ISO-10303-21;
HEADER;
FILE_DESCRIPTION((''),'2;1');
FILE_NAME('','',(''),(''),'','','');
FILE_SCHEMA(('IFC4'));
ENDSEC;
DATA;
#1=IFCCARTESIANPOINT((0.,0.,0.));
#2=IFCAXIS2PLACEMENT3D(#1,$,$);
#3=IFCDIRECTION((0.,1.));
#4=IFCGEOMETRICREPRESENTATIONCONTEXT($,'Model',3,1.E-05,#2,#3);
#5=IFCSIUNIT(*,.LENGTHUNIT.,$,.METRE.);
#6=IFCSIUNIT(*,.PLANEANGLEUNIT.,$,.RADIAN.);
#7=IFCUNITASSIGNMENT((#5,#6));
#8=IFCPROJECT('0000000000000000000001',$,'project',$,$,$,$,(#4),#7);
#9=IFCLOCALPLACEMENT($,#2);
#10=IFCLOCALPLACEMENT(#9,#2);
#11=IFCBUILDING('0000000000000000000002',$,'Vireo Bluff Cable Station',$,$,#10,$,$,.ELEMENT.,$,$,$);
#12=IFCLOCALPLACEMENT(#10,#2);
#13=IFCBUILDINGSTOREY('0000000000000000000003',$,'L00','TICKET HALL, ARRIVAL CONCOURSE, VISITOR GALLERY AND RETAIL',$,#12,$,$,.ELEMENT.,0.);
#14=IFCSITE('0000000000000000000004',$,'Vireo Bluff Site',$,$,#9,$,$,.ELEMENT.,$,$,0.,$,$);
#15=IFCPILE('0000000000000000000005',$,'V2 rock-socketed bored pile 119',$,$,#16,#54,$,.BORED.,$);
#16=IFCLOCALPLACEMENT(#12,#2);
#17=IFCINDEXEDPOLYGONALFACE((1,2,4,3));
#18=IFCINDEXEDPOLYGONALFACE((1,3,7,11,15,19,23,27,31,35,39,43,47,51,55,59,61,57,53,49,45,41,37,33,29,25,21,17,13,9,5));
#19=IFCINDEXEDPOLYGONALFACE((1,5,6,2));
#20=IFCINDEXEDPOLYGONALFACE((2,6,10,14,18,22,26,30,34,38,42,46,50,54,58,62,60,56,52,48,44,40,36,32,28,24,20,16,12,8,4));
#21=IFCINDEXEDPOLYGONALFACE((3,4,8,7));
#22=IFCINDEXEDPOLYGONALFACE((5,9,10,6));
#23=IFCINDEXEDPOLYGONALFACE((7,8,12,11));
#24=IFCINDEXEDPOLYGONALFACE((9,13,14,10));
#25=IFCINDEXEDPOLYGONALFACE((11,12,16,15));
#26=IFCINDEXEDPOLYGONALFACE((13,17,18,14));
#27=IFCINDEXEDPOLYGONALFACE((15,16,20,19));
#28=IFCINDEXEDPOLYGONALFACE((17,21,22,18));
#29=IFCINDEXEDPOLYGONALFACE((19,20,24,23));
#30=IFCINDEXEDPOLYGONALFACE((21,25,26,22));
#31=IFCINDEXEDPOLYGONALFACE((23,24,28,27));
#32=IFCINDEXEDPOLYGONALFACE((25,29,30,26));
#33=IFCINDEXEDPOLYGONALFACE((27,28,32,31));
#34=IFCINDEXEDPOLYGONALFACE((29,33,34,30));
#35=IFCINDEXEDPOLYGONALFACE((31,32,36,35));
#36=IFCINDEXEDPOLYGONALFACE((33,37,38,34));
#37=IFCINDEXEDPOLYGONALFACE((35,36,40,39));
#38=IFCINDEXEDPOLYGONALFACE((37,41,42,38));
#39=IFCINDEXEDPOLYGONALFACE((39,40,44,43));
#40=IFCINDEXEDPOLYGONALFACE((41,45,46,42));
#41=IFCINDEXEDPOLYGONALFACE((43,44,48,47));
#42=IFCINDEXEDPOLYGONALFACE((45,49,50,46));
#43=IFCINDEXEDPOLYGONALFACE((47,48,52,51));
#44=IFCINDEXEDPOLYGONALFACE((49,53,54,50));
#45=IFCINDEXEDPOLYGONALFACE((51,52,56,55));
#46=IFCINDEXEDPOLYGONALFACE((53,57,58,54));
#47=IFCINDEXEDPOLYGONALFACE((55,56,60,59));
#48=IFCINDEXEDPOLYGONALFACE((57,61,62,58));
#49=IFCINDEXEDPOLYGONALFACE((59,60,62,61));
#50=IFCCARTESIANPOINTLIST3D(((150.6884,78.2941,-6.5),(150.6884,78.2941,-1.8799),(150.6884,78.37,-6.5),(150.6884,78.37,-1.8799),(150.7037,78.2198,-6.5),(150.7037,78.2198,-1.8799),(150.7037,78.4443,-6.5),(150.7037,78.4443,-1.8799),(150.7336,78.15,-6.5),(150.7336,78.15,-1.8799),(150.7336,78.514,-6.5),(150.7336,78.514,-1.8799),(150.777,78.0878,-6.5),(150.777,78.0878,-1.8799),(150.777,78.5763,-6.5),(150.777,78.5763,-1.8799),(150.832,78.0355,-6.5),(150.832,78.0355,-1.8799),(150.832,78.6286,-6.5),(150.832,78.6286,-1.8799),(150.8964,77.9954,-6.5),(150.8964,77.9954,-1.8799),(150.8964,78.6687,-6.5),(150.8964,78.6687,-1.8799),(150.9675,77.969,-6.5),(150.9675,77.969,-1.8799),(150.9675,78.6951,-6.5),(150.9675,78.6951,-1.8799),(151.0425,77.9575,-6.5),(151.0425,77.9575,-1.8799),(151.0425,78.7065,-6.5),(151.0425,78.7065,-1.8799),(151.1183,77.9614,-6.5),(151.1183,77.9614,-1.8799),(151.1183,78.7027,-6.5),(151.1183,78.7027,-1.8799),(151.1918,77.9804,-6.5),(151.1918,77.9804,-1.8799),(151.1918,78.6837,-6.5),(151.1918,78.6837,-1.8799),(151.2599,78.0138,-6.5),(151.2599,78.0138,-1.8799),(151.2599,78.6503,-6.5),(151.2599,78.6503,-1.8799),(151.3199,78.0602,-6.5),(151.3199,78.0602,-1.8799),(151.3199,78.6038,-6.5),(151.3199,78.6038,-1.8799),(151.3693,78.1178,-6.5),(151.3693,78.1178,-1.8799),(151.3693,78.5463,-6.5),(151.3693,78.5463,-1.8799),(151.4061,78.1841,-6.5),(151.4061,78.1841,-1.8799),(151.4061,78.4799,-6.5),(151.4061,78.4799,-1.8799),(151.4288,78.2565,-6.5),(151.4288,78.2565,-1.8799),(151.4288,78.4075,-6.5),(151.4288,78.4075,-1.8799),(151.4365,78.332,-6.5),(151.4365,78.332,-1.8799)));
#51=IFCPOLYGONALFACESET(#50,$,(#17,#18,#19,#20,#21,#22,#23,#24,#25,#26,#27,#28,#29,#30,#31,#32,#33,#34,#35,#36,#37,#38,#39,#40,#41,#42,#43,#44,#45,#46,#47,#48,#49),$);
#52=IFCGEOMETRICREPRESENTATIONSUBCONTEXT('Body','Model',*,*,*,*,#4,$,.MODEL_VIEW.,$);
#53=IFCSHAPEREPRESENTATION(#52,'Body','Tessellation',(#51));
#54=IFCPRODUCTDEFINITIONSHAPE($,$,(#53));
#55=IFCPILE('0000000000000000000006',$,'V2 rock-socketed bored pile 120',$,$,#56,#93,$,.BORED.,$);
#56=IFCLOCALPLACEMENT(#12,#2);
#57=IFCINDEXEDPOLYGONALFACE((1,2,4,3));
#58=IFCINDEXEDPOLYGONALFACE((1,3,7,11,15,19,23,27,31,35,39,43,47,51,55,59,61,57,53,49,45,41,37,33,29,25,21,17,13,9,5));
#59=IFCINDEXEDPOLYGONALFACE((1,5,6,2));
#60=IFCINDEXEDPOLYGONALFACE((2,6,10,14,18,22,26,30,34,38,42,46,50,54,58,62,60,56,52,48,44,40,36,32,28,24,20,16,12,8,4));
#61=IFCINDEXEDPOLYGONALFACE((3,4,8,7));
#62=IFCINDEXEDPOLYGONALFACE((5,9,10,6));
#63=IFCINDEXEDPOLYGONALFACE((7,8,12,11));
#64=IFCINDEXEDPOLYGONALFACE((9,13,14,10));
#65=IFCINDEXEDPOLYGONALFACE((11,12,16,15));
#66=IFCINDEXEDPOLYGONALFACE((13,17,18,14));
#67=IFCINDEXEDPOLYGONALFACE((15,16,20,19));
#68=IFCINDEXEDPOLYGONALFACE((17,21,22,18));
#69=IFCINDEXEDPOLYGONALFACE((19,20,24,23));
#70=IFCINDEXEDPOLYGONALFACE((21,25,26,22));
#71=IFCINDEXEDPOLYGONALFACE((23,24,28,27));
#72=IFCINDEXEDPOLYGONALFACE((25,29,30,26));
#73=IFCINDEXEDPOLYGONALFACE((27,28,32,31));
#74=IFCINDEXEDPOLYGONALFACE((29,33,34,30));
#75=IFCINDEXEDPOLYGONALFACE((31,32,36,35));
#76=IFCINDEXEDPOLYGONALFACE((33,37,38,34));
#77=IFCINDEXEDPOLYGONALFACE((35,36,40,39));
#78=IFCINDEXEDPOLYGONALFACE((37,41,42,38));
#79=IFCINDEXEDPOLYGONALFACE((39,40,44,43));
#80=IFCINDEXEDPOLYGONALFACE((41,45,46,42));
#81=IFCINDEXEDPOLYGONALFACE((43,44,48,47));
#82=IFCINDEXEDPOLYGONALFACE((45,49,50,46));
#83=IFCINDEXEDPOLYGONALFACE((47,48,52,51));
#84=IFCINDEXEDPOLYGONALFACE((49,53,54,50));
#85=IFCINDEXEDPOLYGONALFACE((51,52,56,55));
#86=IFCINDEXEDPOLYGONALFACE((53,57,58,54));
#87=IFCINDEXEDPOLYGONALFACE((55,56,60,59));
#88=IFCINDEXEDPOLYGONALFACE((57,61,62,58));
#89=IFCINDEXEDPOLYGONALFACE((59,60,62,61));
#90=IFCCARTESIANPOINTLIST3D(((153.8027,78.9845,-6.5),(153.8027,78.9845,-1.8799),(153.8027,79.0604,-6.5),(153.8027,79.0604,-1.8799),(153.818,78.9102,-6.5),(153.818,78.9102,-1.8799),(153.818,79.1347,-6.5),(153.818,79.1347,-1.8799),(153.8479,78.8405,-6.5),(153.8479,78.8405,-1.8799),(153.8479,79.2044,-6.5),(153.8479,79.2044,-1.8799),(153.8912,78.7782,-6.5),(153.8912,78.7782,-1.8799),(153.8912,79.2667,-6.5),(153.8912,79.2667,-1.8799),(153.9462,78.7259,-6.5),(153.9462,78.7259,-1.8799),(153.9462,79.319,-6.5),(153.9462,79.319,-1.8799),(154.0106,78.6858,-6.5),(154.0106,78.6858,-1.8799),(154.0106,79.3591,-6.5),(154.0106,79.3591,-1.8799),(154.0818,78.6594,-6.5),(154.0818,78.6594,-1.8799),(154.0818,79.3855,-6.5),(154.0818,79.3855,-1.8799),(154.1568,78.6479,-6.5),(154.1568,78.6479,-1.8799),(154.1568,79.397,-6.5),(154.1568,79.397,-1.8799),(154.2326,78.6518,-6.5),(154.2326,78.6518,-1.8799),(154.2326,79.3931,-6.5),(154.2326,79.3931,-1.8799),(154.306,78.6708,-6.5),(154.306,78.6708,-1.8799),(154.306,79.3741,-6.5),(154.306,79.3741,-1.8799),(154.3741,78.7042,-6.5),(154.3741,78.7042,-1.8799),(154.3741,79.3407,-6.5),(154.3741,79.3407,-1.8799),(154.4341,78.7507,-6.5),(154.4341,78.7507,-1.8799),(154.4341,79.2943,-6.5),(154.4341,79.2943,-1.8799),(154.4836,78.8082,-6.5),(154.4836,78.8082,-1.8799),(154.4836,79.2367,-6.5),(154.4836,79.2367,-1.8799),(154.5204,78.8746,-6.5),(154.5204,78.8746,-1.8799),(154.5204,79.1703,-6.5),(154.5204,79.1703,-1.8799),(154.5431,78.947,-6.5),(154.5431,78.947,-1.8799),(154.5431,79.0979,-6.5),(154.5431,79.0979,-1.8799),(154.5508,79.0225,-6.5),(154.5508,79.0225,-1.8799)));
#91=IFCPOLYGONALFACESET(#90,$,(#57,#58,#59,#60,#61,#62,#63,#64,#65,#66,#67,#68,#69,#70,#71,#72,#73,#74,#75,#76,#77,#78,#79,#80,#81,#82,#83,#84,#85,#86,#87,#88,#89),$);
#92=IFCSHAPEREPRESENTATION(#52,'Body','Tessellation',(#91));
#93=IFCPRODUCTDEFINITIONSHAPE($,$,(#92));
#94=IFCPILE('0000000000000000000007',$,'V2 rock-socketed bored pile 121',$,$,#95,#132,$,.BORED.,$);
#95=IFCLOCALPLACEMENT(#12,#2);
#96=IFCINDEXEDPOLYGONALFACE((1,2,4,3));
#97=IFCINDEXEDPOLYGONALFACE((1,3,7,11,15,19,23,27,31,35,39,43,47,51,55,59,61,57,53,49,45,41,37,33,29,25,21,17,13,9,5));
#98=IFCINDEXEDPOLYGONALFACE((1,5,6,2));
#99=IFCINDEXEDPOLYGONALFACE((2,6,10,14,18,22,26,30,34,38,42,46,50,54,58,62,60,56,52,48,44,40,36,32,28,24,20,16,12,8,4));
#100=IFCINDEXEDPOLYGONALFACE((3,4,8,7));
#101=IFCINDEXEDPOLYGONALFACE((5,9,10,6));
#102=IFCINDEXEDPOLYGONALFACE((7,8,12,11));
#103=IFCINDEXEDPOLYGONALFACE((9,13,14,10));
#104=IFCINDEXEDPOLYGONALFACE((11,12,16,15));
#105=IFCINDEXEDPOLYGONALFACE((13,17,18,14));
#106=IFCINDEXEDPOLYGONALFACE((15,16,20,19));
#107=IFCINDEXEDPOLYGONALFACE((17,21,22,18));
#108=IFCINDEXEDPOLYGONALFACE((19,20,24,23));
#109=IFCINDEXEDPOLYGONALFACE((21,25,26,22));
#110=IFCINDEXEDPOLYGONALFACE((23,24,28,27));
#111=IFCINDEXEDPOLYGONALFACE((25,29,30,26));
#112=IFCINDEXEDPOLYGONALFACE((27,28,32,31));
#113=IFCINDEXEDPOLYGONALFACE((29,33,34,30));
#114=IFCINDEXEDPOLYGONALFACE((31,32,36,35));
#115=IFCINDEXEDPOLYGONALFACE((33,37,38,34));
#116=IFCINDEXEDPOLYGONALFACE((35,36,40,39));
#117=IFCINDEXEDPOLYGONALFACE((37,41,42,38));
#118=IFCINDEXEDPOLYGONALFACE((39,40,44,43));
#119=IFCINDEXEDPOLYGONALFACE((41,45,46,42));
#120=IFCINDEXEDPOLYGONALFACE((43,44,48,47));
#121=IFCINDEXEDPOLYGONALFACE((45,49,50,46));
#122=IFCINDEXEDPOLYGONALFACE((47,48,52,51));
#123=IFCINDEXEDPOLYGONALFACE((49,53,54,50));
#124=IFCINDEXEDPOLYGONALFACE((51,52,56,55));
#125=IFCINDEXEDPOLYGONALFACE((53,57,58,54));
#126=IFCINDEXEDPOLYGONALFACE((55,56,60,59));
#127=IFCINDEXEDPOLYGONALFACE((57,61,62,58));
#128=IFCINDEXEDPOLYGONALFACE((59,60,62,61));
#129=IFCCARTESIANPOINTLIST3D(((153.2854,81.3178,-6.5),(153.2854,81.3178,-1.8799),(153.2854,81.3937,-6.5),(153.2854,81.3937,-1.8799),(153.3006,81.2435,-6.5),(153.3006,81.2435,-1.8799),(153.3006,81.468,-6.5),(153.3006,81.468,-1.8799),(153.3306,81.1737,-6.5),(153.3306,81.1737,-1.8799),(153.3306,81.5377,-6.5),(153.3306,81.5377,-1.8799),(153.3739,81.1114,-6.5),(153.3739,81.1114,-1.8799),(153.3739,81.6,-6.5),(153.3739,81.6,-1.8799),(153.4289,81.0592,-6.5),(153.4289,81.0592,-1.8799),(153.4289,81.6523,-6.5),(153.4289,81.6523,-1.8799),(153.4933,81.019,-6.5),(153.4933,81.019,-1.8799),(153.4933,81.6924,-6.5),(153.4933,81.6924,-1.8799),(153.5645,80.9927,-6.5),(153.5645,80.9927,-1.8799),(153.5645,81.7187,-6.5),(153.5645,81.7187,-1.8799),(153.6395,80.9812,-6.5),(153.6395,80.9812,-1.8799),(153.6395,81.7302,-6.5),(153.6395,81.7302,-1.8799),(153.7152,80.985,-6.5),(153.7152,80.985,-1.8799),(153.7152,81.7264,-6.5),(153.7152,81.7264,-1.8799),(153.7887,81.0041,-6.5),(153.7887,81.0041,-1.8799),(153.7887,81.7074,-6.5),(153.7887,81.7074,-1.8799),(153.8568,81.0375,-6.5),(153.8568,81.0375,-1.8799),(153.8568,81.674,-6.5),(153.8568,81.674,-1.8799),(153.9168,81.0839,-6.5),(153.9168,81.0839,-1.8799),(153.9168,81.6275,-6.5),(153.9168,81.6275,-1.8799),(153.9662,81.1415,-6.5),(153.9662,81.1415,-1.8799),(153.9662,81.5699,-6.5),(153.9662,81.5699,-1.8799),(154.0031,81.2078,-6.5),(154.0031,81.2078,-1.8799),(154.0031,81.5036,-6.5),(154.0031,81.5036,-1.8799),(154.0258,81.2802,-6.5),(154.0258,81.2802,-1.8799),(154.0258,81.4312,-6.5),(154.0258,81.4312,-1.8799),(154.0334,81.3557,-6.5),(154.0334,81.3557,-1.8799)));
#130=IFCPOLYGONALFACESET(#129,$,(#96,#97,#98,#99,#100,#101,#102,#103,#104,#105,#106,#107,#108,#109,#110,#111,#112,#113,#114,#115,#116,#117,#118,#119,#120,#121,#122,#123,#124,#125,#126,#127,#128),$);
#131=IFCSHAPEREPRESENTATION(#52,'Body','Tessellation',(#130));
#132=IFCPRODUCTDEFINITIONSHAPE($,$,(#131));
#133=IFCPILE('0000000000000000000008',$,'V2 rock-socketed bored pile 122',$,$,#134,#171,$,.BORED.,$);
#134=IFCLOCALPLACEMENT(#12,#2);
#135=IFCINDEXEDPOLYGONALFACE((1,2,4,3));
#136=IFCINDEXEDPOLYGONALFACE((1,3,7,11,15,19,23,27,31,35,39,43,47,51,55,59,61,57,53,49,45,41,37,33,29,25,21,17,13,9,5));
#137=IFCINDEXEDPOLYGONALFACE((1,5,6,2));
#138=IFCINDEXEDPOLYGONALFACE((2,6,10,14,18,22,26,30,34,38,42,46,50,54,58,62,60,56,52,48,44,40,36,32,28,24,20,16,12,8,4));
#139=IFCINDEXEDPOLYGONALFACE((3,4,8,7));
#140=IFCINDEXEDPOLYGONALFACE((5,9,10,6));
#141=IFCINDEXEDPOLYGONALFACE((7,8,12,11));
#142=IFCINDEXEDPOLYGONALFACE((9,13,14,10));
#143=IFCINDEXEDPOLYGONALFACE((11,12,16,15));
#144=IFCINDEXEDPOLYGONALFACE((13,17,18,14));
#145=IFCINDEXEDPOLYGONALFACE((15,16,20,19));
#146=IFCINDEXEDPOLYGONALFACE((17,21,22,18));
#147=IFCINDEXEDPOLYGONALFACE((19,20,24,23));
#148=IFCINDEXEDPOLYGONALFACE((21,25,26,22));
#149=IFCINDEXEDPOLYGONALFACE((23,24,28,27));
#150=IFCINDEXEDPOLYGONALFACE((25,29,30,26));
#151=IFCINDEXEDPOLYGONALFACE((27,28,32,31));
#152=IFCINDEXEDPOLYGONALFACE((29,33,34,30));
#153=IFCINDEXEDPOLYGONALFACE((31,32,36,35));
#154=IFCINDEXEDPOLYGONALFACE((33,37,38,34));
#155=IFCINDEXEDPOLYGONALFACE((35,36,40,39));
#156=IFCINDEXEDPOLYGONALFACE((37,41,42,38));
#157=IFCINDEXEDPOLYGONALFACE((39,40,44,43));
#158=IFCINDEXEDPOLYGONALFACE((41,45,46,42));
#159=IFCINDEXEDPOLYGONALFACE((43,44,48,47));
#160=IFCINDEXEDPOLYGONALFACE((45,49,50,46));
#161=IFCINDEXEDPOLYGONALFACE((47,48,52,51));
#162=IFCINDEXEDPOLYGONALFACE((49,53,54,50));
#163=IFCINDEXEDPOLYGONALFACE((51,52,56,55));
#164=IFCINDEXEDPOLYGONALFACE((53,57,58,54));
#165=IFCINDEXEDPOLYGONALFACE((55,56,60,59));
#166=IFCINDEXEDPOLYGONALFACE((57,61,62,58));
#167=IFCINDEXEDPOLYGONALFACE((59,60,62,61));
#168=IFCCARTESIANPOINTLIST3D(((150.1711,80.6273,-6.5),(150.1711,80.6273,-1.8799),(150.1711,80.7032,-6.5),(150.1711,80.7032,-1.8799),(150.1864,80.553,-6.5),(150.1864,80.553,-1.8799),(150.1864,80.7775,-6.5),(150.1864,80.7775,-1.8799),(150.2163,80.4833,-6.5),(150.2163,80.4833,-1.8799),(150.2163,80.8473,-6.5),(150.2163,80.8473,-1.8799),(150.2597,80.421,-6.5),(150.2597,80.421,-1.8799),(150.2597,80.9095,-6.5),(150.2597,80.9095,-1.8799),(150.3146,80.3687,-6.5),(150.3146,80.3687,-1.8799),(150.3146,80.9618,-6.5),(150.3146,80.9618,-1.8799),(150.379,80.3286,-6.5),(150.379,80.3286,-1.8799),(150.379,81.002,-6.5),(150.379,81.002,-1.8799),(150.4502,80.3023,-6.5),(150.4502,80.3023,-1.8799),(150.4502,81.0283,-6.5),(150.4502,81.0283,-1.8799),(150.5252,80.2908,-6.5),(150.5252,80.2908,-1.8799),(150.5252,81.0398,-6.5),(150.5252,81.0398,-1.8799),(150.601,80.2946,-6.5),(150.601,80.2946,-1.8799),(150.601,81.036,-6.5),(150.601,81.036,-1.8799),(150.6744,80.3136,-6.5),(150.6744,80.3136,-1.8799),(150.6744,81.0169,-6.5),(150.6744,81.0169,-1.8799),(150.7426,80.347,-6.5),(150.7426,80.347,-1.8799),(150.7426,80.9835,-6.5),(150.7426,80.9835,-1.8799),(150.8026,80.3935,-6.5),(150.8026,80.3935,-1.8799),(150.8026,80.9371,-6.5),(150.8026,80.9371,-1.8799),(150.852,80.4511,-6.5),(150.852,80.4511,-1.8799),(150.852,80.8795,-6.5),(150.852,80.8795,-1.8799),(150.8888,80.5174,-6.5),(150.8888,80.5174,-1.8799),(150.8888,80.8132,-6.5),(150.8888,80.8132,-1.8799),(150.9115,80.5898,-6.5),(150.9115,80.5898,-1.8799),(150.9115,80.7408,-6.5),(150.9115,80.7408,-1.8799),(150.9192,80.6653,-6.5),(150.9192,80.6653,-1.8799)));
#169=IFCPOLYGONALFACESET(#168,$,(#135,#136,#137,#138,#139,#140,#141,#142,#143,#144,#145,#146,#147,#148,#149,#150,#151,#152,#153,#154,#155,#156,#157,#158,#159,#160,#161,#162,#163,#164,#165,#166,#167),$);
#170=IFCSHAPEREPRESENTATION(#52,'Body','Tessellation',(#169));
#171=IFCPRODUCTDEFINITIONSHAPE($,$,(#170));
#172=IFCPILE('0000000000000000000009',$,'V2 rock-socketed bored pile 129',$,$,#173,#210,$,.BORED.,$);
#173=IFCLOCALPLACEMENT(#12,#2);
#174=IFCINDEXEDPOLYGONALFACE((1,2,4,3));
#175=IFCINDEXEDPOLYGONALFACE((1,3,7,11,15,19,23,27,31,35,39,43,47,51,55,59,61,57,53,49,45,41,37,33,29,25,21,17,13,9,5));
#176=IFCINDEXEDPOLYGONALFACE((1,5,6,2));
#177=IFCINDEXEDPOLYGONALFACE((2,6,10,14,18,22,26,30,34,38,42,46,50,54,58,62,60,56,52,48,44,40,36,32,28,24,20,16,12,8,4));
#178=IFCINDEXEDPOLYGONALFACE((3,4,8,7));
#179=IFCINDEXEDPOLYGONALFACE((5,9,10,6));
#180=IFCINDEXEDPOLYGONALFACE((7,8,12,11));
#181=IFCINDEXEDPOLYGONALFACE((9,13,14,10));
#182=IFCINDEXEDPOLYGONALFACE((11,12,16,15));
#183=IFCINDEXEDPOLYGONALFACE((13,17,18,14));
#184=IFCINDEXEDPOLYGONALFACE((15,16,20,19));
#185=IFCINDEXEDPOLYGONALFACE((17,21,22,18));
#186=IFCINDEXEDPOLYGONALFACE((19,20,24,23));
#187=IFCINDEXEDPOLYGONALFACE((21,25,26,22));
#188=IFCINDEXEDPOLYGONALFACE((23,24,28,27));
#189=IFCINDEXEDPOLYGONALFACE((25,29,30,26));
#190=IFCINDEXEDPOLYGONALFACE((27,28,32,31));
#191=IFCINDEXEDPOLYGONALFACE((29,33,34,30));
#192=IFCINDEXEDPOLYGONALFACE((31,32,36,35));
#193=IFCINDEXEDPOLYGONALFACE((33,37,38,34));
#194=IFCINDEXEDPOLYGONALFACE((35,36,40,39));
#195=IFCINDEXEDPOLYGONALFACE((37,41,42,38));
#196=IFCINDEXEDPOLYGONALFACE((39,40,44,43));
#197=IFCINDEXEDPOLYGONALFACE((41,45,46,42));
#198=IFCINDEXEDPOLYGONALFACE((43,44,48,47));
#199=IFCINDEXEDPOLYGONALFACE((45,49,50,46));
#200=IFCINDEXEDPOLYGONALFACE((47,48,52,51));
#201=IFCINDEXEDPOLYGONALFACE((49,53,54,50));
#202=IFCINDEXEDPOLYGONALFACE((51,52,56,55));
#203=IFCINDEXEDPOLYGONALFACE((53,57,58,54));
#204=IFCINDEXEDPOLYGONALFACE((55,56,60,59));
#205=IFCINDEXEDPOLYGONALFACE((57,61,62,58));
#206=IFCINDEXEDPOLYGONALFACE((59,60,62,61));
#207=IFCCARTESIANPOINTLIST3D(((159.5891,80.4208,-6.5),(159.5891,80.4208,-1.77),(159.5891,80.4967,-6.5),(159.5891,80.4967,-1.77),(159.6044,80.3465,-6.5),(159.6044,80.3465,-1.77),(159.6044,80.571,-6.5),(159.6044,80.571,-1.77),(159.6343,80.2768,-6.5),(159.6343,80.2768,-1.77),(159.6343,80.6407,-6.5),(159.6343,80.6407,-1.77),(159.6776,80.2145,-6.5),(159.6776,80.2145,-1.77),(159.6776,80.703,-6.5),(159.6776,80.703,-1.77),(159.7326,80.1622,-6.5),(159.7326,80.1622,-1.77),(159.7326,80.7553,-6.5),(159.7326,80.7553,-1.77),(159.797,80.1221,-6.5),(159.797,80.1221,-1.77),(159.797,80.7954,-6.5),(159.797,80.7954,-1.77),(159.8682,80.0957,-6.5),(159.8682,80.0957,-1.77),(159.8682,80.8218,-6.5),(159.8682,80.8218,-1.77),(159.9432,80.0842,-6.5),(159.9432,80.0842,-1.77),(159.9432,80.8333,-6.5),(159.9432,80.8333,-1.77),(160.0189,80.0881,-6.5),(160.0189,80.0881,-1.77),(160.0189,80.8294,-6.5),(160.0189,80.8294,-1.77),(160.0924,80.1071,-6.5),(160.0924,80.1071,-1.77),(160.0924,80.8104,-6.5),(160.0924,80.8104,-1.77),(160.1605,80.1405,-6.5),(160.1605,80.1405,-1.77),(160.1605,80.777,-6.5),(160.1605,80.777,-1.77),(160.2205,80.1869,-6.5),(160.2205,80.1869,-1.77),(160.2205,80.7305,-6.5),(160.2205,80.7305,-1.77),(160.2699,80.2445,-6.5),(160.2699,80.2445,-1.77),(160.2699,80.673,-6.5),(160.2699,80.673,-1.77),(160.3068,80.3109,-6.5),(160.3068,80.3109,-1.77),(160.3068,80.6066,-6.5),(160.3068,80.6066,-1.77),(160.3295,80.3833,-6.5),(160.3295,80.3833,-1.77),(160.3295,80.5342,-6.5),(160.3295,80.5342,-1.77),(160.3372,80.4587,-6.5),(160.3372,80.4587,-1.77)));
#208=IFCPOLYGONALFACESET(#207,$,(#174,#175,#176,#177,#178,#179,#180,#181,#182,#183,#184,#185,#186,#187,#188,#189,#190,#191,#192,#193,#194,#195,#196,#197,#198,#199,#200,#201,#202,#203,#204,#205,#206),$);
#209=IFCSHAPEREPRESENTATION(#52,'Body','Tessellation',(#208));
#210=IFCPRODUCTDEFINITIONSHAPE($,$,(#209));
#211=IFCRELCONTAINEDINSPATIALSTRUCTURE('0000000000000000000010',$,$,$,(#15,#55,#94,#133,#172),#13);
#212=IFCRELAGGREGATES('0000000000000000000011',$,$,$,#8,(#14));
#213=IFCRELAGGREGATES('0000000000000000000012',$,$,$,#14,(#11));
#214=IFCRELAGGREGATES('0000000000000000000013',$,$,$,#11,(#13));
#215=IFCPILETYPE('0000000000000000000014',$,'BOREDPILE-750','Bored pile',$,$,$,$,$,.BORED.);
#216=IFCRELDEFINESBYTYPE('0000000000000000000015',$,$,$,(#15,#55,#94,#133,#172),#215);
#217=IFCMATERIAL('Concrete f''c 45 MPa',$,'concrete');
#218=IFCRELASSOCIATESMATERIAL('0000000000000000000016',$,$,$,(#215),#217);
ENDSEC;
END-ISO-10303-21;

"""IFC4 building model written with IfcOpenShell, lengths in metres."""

from ifc_helpers import new_model, si_unit, direction, frame, origin, origin_2d, place, context, subcontext, project, spatial, circle, extrude, material, material_profile, profile_set, type_object, element, save


model = new_model("IFC4")

# Units and contexts
model_context = context("Model", 3, precision=1e-05, world=origin(), true_north=direction((0.0, 1.0)))
body_context = subcontext(model_context, "Body", "Model", "MODEL_VIEW")
ifc_project = project(units=[si_unit("LENGTHUNIT", "METRE"), si_unit("PLANEANGLEUNIT", "RADIAN")], contexts=[model_context])

# Site, building, storey
site_placement = place(None, origin())
site = spatial("IfcSite", under=ifc_project, at=site_placement, Name="Vireo Bluff Site", CompositionType="ELEMENT", RefElevation=0.0)
building_placement = place(site_placement, origin())
building = spatial("IfcBuilding", under=site, at=building_placement, Name="Vireo Bluff Cable Station", CompositionType="ELEMENT")
storey_placement = place(building_placement, origin())
storey = spatial("IfcBuildingStorey", under=building, at=storey_placement, Name="L00", Description="TICKET HALL, ARRIVAL CONCOURSE, VISITOR GALLERY AND RETAIL", CompositionType="ELEMENT", Elevation=0.0)

# Piles
ifc_material_1 = material(Name="Concrete f'c 45 MPa", Category="concrete")
ifc_material_profile_1 = material_profile(ifc_material_1, circle(Radius=0.375, at=origin_2d()), Name="BOREDPILE-750")
ifc_profile_set_1 = profile_set([ifc_material_profile_1], Name="Concrete f'c 45 MPa")
pile_type = type_object("IfcPileType", Name="BOREDPILE-750", Description="Bored pile", PredefinedType="BORED", material=ifc_profile_set_1)
for number, where, z_axis, x_axis, name in (
    (1, (151.0615, 78.332, -1.8799), (0.0, 0.0, -1.0), (1.0, 0.0, 0.0), "V2 rock-socketed bored pile 119"),
    (2, (154.1758, 79.0225, -1.8799), (0.0, 0.0, -1.0), (1.0, 0.0, 0.0), "V2 rock-socketed bored pile 120"),
    (3, (153.6584, 81.3557, -1.8799), (0.0, 0.0, -1.0), (1.0, 0.0, 0.0), "V2 rock-socketed bored pile 121"),
    (4, (150.5442, 80.6653, -1.8799), (0.0, 0.0, -1.0), (1.0, 0.0, 0.0), "V2 rock-socketed bored pile 122"),
):
    element("IfcPile", number, at=place(storey_placement, frame(where, z_axis=z_axis, x_axis=x_axis)), inside=storey, type_object=pile_type, Name=name, PredefinedType="BORED", context=body_context, shape_type="SweptSolid", body=[
        extrude(circle(Radius=0.375, at=origin_2d()), origin(), (0.0, 0.0, 1.0), 4.6201),
    ])
for number, where, z_axis, x_axis, name in (
    (5, (159.9622, 80.4587, -1.77), (0.0, 0.0, -1.0), (1.0, 0.0, 0.0), "V2 rock-socketed bored pile 129"),
):
    element("IfcPile", number, at=place(storey_placement, frame(where, z_axis=z_axis, x_axis=x_axis)), inside=storey, type_object=pile_type, Name=name, PredefinedType="BORED", context=body_context, shape_type="SweptSolid", body=[
        extrude(circle(Radius=0.375, at=origin_2d()), origin(), (0.0, 0.0, 1.0), 4.73),
    ])

save(model, "model.ifc")
